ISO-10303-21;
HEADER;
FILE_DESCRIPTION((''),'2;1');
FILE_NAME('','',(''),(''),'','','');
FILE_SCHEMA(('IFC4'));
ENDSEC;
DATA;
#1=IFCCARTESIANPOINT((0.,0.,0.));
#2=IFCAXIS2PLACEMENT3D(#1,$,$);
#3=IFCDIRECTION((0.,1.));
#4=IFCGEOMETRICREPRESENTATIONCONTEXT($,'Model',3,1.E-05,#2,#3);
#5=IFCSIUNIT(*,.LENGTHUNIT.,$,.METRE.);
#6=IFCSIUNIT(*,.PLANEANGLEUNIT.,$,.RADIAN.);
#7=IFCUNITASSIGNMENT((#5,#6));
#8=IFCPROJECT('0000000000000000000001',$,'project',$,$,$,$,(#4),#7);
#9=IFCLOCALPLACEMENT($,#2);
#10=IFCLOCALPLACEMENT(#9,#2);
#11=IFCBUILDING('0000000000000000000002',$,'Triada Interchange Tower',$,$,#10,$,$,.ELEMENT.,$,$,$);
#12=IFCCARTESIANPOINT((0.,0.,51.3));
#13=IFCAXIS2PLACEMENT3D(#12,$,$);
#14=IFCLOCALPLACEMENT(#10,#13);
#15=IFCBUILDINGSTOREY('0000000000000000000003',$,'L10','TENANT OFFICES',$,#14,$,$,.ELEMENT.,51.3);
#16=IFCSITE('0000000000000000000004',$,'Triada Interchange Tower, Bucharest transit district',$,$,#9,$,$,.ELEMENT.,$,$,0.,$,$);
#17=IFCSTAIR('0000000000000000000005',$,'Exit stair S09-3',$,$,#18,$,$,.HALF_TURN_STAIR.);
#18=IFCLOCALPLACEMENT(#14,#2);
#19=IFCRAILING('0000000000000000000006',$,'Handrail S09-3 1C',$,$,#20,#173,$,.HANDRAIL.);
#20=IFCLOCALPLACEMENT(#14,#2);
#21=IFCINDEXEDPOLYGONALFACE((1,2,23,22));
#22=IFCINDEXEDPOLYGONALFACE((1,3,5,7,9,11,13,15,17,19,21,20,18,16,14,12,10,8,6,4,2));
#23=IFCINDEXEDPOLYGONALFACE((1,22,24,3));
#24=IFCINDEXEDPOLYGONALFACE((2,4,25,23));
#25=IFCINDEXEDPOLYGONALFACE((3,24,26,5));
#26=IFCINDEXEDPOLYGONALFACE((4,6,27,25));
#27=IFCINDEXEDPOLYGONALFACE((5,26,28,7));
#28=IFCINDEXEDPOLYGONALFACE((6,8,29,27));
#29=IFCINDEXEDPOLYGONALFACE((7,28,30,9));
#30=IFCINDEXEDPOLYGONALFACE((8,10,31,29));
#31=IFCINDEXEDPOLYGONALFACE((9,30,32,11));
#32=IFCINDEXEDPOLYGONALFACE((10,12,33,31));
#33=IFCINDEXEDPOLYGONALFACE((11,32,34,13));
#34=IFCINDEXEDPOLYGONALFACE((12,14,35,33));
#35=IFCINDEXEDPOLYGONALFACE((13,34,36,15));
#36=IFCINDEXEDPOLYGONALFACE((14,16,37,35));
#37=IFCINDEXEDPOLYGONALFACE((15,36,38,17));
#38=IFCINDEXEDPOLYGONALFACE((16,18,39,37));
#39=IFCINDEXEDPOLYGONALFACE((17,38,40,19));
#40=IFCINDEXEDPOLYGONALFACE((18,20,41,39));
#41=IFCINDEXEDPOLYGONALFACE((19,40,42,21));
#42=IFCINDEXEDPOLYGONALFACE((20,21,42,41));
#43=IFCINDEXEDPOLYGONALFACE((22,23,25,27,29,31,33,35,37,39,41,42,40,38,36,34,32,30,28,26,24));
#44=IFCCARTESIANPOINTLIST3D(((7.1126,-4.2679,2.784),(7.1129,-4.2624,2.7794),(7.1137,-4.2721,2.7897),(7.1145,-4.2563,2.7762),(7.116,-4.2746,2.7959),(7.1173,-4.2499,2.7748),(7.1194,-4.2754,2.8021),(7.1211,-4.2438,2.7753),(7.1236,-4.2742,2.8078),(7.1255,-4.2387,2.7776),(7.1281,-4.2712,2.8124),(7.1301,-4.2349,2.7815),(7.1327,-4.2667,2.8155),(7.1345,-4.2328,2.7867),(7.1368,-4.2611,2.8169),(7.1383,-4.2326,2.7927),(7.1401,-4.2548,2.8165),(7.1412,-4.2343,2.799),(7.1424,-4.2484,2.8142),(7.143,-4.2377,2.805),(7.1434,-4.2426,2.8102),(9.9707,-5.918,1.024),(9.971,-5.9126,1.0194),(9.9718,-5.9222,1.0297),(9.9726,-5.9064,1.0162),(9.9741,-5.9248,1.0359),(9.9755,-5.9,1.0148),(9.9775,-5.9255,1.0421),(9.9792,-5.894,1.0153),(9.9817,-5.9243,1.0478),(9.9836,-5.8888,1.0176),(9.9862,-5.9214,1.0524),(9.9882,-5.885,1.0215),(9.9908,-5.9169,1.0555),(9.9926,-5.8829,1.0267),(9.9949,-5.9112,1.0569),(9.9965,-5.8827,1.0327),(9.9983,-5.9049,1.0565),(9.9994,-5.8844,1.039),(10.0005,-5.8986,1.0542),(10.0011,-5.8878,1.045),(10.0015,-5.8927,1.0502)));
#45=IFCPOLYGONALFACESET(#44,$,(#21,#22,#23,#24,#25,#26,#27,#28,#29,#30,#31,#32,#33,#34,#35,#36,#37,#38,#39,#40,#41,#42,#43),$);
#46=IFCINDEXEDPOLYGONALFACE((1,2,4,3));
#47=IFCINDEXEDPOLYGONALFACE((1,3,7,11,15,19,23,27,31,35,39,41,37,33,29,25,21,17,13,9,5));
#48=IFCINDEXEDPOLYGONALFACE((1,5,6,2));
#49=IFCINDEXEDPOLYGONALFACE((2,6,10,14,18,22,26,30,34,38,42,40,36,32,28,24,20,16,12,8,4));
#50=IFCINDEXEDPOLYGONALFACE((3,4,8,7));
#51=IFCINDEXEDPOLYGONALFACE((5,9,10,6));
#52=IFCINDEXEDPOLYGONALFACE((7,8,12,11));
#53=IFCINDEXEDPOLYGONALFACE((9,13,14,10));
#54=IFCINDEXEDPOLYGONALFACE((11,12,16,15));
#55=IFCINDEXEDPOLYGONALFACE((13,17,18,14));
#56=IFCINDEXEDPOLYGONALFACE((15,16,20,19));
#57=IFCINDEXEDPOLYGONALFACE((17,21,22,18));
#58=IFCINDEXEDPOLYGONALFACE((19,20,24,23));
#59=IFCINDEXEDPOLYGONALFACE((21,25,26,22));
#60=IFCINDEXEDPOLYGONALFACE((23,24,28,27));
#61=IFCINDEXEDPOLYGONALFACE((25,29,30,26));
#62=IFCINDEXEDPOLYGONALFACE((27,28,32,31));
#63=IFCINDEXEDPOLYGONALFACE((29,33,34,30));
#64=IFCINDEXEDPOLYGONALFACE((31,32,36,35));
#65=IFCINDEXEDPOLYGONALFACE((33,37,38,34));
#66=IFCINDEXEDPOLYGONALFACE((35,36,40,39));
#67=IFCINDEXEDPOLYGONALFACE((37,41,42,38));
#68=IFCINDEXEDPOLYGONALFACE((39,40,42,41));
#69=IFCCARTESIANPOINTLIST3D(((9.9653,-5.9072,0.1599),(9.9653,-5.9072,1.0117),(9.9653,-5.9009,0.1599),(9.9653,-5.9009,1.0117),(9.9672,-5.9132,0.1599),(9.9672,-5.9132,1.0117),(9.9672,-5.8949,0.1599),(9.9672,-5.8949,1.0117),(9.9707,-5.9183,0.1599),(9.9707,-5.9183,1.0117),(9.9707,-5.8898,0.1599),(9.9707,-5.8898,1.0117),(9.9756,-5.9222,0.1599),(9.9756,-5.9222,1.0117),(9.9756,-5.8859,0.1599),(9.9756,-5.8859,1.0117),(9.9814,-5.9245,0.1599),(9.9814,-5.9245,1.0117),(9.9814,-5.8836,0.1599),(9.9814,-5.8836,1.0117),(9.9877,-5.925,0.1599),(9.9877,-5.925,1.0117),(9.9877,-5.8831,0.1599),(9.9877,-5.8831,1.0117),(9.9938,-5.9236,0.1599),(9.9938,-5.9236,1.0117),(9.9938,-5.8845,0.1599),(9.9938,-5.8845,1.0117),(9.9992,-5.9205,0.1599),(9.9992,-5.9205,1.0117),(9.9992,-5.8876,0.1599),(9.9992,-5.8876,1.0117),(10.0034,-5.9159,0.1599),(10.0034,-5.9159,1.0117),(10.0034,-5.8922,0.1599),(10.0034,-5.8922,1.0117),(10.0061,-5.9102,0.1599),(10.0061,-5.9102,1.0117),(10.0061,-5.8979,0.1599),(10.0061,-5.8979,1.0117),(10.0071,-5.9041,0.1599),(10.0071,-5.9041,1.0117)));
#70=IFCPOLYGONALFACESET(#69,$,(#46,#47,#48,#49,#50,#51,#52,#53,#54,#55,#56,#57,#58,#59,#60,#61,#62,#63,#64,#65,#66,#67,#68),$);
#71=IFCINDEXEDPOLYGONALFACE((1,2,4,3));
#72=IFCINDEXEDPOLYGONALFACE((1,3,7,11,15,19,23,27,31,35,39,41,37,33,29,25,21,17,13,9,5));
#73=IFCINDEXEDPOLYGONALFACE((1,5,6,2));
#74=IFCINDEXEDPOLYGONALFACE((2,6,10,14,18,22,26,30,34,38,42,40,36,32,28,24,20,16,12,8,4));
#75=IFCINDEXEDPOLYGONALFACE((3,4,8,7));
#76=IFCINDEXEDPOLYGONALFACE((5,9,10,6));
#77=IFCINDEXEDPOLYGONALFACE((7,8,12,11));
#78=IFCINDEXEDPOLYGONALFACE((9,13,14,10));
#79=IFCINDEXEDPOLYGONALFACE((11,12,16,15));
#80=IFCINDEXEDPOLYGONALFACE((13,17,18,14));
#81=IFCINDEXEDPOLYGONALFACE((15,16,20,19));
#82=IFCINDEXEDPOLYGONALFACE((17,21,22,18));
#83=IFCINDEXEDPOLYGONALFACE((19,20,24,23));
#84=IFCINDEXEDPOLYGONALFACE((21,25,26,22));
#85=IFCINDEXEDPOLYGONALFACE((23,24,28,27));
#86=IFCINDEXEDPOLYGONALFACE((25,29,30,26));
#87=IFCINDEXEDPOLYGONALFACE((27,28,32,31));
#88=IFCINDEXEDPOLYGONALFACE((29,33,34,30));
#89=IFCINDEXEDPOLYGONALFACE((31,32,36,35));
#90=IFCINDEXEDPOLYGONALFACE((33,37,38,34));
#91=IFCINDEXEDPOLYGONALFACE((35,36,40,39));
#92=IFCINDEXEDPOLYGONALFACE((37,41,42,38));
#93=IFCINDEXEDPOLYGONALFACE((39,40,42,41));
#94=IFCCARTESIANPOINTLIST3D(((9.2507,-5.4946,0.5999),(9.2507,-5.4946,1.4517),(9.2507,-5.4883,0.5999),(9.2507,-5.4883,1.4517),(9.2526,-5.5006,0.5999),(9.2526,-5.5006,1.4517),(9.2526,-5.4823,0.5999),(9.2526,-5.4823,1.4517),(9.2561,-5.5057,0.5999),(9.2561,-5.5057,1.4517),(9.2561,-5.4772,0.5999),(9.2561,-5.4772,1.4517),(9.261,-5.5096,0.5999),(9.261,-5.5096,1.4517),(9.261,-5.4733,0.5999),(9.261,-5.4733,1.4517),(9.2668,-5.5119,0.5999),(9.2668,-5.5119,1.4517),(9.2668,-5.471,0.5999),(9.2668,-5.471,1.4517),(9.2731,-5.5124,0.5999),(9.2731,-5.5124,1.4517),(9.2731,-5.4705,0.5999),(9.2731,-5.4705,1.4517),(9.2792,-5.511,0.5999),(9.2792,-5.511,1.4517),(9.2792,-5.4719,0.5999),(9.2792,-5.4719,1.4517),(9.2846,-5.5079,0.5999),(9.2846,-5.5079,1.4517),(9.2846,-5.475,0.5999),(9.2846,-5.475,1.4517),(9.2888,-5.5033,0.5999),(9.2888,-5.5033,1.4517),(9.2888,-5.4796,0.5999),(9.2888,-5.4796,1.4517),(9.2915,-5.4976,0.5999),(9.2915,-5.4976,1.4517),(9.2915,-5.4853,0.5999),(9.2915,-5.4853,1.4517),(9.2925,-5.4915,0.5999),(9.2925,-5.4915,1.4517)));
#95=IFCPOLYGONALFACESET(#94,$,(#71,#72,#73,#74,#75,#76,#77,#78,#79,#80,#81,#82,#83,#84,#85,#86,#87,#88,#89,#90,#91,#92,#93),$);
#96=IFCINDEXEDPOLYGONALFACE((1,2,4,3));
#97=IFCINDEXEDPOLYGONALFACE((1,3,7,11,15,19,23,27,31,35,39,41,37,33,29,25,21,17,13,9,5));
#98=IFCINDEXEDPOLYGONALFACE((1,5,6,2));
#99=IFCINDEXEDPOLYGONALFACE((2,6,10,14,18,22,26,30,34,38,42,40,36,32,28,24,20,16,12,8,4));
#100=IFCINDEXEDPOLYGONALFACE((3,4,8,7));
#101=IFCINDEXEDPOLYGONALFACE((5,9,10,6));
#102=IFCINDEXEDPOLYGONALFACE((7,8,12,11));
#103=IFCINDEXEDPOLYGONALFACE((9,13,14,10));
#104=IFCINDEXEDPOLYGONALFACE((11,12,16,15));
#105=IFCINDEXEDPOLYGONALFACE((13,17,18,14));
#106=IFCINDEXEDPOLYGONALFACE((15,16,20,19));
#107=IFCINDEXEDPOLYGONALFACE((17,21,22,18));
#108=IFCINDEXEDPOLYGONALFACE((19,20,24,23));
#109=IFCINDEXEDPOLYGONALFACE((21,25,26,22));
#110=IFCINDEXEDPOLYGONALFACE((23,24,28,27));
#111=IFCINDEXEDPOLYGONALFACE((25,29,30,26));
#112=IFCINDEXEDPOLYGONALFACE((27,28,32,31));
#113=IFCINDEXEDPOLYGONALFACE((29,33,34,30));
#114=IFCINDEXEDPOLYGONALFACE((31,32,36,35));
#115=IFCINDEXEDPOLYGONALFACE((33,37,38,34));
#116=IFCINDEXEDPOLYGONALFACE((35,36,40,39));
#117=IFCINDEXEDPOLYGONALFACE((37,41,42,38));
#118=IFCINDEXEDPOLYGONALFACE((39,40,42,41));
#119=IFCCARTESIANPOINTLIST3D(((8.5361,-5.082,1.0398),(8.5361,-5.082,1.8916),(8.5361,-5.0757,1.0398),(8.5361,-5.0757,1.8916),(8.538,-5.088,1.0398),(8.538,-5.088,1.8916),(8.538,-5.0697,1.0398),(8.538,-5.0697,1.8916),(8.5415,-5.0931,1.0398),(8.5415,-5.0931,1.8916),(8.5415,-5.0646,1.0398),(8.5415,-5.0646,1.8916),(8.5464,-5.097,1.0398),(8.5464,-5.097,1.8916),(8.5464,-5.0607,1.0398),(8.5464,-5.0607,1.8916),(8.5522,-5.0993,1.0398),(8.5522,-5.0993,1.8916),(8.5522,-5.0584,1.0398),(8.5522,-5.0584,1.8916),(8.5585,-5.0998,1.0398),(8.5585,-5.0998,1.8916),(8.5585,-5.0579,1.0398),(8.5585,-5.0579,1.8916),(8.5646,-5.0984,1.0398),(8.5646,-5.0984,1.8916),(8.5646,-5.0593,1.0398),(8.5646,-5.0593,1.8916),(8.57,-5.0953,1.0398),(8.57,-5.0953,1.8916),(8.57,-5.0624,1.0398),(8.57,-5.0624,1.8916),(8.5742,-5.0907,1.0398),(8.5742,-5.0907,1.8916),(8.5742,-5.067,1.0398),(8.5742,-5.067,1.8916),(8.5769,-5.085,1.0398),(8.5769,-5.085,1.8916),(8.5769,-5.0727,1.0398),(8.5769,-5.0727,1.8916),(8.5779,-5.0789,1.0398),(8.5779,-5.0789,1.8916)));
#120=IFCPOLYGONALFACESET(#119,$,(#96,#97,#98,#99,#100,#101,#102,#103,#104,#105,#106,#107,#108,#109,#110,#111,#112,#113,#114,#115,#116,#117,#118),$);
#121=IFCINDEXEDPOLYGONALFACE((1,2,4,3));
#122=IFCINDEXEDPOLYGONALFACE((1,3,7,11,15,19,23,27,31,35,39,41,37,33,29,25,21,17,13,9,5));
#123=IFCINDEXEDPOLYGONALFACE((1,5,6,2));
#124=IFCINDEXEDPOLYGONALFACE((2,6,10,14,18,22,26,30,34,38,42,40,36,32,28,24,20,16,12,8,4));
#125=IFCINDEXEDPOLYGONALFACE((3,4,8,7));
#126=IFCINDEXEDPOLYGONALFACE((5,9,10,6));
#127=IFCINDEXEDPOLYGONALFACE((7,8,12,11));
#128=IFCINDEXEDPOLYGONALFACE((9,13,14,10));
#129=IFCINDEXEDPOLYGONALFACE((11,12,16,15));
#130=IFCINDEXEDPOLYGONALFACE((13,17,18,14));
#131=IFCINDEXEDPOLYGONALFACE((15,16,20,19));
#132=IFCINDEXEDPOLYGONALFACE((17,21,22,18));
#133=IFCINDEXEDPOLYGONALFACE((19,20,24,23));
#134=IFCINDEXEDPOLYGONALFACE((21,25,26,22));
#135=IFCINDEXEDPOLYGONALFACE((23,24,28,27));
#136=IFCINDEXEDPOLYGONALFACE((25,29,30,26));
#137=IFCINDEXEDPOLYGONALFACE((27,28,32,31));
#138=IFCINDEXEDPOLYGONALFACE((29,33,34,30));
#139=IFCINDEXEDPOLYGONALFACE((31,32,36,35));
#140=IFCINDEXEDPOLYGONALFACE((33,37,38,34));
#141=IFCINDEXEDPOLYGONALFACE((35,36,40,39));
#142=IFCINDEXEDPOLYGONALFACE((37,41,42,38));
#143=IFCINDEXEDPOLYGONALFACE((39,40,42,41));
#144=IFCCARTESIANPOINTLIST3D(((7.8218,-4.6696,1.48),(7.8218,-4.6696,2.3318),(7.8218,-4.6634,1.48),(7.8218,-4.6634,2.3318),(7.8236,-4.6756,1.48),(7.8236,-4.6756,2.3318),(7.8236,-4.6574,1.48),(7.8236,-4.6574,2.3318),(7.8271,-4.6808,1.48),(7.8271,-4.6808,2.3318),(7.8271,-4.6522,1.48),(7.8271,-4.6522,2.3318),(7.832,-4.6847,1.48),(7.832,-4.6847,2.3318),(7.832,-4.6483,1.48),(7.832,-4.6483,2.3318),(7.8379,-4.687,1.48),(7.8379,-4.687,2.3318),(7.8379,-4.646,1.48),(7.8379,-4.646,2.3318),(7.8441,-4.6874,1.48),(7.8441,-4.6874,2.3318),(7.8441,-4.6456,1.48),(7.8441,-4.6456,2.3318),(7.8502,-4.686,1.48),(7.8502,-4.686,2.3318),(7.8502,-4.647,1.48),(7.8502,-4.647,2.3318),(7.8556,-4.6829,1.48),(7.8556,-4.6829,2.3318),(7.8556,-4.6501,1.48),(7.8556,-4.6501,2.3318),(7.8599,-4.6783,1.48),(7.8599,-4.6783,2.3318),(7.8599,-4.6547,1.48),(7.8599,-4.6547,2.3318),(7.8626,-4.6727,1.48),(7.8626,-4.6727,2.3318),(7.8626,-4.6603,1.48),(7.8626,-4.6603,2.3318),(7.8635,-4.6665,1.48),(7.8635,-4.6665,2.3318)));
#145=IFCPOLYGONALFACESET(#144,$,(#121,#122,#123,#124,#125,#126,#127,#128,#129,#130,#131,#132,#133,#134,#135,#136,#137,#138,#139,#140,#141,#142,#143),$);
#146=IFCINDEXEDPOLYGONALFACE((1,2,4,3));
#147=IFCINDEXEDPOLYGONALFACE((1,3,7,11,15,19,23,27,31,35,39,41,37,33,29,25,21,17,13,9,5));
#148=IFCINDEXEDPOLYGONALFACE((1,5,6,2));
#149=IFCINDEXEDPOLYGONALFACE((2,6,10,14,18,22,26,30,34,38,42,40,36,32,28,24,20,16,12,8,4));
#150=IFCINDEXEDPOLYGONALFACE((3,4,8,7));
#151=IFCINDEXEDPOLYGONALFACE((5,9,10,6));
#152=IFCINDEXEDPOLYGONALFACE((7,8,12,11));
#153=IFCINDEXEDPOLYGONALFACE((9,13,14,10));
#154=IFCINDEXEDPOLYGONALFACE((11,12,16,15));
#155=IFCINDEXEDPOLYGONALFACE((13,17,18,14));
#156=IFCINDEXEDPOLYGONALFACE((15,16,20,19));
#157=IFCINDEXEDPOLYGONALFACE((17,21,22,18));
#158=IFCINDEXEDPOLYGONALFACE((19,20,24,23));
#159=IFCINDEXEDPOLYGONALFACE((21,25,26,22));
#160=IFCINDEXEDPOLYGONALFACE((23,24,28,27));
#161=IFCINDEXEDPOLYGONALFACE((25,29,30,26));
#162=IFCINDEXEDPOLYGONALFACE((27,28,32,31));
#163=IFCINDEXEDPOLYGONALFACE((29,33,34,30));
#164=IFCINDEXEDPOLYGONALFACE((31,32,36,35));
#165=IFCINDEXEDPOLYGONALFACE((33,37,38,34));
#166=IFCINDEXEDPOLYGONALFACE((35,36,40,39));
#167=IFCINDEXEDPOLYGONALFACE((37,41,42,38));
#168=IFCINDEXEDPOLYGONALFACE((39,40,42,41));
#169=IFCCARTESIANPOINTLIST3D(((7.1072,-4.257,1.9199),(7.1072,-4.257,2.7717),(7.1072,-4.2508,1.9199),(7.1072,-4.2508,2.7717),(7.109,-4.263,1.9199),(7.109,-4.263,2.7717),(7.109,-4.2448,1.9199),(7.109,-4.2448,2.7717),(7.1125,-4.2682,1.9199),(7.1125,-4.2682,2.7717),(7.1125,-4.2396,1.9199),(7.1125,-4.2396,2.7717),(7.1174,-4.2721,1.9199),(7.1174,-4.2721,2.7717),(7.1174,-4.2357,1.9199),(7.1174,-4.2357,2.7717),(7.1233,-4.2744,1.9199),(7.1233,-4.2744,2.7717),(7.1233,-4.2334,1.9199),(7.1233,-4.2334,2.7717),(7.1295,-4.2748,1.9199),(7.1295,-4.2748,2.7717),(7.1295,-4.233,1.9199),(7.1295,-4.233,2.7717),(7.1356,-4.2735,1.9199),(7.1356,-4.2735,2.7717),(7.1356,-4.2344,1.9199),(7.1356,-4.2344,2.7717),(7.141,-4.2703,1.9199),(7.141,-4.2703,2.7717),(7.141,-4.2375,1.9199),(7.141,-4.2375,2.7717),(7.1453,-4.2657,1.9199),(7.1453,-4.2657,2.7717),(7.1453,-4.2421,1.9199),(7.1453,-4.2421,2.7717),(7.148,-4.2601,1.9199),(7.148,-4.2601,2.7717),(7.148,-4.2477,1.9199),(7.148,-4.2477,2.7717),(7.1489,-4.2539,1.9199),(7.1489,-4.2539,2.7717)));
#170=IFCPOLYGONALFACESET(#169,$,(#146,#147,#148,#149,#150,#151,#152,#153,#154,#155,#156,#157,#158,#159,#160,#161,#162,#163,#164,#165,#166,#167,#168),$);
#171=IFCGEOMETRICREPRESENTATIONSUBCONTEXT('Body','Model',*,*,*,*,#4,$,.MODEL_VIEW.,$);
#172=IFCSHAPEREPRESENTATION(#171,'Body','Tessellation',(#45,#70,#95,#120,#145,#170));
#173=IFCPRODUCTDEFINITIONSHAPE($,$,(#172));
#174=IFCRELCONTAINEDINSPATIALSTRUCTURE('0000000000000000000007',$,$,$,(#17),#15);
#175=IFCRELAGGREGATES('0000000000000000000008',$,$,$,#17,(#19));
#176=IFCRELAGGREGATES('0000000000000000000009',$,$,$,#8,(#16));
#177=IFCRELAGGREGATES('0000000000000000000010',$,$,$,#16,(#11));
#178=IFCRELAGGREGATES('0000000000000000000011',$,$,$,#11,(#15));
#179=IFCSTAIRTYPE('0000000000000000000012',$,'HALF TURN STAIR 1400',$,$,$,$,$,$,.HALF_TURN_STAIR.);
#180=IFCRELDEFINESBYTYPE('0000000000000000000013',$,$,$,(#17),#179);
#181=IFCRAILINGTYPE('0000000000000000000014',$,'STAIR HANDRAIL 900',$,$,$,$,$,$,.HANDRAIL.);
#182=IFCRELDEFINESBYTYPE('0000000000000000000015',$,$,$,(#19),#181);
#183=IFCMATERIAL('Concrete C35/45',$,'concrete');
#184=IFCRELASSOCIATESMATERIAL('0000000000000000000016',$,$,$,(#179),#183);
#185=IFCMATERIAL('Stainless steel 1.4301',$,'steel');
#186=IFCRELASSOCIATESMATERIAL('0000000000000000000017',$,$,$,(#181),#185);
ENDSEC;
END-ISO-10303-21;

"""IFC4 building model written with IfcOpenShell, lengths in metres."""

from ifc_helpers import new_model, si_unit, direction, frame, origin, origin_2d, place, context, subcontext, project, spatial, circle, extrude, material, type_object, element, aggregate, save


model = new_model("IFC4")

# Units and contexts
model_context = context("Model", 3, precision=1e-05, world=origin(), true_north=direction((0.0, 1.0)))
body_context = subcontext(model_context, "Body", "Model", "MODEL_VIEW")
ifc_project = project(units=[si_unit("LENGTHUNIT", "METRE"), si_unit("PLANEANGLEUNIT", "RADIAN")], contexts=[model_context])

# Site, building, storey
site_placement = place(None, origin())
site = spatial("IfcSite", under=ifc_project, at=site_placement, Name="Triada Interchange Tower, Bucharest transit district", CompositionType="ELEMENT", RefElevation=0.0)
building_placement = place(site_placement, origin())
building = spatial("IfcBuilding", under=site, at=building_placement, Name="Triada Interchange Tower", CompositionType="ELEMENT")
storey_placement = place(building_placement, frame((0.0, 0.0, 51.3)))
storey = spatial("IfcBuildingStorey", under=building, at=storey_placement, Name="L10", Description="TENANT OFFICES", CompositionType="ELEMENT", Elevation=51.3)

# Stair, railing
ifc_material_1 = material(Name="Concrete C35/45", Category="concrete")
stair_type = type_object("IfcStairType", Name="HALF TURN STAIR 1400", PredefinedType="HALF_TURN_STAIR", material=ifc_material_1)
stair_placement = place(storey_placement, origin())
stair = element("IfcStair", 1, at=stair_placement, inside=storey, type_object=stair_type, Name="Exit stair S09-3", PredefinedType="HALF_TURN_STAIR")
ifc_material_2 = material(Name="Stainless steel 1.4301", Category="steel")
railing_type = type_object("IfcRailingType", Name="STAIR HANDRAIL 900", PredefinedType="HANDRAIL", material=ifc_material_2)
railing_1_placement = place(storey_placement, frame((9.9861, -5.9041, 0.1599)))
railing_1 = element("IfcRailing", 2, at=railing_1_placement, type_object=railing_type, Name="Handrail S09-3 1C", PredefinedType="HANDRAIL", context=body_context, shape_type="SweptSolid", body=[
    extrude(circle(Radius=0.0239, at=origin_2d()), frame((0.0, 0.0, 0.876), z_axis=(-0.764156, 0.441183, 0.470556), x_axis=(-0.499998, -0.866027, 0.0)), (0.0, 0.0, 1.0), 3.7402),
    extrude(circle(Radius=0.021, at=origin_2d()), origin(), (0.0, 0.0, 1.0), 0.8518),
    extrude(circle(Radius=0.021, at=origin_2d()), frame((-0.7146, 0.4126, 0.4399)), (0.0, 0.0, 1.0), 0.8518),
    extrude(circle(Radius=0.021, at=origin_2d()), frame((-1.4292, 0.8252, 0.8799)), (0.0, 0.0, 1.0), 0.8518),
    extrude(circle(Radius=0.021, at=origin_2d()), frame((-2.1436, 1.2375, 1.3201)), (0.0, 0.0, 1.0), 0.8518),
    extrude(circle(Radius=0.021, at=origin_2d()), frame((-2.8582, 1.6501, 1.76)), (0.0, 0.0, 1.0), 0.8518),
])
aggregate(stair, [railing_1])

save(model, "model.ifc")
